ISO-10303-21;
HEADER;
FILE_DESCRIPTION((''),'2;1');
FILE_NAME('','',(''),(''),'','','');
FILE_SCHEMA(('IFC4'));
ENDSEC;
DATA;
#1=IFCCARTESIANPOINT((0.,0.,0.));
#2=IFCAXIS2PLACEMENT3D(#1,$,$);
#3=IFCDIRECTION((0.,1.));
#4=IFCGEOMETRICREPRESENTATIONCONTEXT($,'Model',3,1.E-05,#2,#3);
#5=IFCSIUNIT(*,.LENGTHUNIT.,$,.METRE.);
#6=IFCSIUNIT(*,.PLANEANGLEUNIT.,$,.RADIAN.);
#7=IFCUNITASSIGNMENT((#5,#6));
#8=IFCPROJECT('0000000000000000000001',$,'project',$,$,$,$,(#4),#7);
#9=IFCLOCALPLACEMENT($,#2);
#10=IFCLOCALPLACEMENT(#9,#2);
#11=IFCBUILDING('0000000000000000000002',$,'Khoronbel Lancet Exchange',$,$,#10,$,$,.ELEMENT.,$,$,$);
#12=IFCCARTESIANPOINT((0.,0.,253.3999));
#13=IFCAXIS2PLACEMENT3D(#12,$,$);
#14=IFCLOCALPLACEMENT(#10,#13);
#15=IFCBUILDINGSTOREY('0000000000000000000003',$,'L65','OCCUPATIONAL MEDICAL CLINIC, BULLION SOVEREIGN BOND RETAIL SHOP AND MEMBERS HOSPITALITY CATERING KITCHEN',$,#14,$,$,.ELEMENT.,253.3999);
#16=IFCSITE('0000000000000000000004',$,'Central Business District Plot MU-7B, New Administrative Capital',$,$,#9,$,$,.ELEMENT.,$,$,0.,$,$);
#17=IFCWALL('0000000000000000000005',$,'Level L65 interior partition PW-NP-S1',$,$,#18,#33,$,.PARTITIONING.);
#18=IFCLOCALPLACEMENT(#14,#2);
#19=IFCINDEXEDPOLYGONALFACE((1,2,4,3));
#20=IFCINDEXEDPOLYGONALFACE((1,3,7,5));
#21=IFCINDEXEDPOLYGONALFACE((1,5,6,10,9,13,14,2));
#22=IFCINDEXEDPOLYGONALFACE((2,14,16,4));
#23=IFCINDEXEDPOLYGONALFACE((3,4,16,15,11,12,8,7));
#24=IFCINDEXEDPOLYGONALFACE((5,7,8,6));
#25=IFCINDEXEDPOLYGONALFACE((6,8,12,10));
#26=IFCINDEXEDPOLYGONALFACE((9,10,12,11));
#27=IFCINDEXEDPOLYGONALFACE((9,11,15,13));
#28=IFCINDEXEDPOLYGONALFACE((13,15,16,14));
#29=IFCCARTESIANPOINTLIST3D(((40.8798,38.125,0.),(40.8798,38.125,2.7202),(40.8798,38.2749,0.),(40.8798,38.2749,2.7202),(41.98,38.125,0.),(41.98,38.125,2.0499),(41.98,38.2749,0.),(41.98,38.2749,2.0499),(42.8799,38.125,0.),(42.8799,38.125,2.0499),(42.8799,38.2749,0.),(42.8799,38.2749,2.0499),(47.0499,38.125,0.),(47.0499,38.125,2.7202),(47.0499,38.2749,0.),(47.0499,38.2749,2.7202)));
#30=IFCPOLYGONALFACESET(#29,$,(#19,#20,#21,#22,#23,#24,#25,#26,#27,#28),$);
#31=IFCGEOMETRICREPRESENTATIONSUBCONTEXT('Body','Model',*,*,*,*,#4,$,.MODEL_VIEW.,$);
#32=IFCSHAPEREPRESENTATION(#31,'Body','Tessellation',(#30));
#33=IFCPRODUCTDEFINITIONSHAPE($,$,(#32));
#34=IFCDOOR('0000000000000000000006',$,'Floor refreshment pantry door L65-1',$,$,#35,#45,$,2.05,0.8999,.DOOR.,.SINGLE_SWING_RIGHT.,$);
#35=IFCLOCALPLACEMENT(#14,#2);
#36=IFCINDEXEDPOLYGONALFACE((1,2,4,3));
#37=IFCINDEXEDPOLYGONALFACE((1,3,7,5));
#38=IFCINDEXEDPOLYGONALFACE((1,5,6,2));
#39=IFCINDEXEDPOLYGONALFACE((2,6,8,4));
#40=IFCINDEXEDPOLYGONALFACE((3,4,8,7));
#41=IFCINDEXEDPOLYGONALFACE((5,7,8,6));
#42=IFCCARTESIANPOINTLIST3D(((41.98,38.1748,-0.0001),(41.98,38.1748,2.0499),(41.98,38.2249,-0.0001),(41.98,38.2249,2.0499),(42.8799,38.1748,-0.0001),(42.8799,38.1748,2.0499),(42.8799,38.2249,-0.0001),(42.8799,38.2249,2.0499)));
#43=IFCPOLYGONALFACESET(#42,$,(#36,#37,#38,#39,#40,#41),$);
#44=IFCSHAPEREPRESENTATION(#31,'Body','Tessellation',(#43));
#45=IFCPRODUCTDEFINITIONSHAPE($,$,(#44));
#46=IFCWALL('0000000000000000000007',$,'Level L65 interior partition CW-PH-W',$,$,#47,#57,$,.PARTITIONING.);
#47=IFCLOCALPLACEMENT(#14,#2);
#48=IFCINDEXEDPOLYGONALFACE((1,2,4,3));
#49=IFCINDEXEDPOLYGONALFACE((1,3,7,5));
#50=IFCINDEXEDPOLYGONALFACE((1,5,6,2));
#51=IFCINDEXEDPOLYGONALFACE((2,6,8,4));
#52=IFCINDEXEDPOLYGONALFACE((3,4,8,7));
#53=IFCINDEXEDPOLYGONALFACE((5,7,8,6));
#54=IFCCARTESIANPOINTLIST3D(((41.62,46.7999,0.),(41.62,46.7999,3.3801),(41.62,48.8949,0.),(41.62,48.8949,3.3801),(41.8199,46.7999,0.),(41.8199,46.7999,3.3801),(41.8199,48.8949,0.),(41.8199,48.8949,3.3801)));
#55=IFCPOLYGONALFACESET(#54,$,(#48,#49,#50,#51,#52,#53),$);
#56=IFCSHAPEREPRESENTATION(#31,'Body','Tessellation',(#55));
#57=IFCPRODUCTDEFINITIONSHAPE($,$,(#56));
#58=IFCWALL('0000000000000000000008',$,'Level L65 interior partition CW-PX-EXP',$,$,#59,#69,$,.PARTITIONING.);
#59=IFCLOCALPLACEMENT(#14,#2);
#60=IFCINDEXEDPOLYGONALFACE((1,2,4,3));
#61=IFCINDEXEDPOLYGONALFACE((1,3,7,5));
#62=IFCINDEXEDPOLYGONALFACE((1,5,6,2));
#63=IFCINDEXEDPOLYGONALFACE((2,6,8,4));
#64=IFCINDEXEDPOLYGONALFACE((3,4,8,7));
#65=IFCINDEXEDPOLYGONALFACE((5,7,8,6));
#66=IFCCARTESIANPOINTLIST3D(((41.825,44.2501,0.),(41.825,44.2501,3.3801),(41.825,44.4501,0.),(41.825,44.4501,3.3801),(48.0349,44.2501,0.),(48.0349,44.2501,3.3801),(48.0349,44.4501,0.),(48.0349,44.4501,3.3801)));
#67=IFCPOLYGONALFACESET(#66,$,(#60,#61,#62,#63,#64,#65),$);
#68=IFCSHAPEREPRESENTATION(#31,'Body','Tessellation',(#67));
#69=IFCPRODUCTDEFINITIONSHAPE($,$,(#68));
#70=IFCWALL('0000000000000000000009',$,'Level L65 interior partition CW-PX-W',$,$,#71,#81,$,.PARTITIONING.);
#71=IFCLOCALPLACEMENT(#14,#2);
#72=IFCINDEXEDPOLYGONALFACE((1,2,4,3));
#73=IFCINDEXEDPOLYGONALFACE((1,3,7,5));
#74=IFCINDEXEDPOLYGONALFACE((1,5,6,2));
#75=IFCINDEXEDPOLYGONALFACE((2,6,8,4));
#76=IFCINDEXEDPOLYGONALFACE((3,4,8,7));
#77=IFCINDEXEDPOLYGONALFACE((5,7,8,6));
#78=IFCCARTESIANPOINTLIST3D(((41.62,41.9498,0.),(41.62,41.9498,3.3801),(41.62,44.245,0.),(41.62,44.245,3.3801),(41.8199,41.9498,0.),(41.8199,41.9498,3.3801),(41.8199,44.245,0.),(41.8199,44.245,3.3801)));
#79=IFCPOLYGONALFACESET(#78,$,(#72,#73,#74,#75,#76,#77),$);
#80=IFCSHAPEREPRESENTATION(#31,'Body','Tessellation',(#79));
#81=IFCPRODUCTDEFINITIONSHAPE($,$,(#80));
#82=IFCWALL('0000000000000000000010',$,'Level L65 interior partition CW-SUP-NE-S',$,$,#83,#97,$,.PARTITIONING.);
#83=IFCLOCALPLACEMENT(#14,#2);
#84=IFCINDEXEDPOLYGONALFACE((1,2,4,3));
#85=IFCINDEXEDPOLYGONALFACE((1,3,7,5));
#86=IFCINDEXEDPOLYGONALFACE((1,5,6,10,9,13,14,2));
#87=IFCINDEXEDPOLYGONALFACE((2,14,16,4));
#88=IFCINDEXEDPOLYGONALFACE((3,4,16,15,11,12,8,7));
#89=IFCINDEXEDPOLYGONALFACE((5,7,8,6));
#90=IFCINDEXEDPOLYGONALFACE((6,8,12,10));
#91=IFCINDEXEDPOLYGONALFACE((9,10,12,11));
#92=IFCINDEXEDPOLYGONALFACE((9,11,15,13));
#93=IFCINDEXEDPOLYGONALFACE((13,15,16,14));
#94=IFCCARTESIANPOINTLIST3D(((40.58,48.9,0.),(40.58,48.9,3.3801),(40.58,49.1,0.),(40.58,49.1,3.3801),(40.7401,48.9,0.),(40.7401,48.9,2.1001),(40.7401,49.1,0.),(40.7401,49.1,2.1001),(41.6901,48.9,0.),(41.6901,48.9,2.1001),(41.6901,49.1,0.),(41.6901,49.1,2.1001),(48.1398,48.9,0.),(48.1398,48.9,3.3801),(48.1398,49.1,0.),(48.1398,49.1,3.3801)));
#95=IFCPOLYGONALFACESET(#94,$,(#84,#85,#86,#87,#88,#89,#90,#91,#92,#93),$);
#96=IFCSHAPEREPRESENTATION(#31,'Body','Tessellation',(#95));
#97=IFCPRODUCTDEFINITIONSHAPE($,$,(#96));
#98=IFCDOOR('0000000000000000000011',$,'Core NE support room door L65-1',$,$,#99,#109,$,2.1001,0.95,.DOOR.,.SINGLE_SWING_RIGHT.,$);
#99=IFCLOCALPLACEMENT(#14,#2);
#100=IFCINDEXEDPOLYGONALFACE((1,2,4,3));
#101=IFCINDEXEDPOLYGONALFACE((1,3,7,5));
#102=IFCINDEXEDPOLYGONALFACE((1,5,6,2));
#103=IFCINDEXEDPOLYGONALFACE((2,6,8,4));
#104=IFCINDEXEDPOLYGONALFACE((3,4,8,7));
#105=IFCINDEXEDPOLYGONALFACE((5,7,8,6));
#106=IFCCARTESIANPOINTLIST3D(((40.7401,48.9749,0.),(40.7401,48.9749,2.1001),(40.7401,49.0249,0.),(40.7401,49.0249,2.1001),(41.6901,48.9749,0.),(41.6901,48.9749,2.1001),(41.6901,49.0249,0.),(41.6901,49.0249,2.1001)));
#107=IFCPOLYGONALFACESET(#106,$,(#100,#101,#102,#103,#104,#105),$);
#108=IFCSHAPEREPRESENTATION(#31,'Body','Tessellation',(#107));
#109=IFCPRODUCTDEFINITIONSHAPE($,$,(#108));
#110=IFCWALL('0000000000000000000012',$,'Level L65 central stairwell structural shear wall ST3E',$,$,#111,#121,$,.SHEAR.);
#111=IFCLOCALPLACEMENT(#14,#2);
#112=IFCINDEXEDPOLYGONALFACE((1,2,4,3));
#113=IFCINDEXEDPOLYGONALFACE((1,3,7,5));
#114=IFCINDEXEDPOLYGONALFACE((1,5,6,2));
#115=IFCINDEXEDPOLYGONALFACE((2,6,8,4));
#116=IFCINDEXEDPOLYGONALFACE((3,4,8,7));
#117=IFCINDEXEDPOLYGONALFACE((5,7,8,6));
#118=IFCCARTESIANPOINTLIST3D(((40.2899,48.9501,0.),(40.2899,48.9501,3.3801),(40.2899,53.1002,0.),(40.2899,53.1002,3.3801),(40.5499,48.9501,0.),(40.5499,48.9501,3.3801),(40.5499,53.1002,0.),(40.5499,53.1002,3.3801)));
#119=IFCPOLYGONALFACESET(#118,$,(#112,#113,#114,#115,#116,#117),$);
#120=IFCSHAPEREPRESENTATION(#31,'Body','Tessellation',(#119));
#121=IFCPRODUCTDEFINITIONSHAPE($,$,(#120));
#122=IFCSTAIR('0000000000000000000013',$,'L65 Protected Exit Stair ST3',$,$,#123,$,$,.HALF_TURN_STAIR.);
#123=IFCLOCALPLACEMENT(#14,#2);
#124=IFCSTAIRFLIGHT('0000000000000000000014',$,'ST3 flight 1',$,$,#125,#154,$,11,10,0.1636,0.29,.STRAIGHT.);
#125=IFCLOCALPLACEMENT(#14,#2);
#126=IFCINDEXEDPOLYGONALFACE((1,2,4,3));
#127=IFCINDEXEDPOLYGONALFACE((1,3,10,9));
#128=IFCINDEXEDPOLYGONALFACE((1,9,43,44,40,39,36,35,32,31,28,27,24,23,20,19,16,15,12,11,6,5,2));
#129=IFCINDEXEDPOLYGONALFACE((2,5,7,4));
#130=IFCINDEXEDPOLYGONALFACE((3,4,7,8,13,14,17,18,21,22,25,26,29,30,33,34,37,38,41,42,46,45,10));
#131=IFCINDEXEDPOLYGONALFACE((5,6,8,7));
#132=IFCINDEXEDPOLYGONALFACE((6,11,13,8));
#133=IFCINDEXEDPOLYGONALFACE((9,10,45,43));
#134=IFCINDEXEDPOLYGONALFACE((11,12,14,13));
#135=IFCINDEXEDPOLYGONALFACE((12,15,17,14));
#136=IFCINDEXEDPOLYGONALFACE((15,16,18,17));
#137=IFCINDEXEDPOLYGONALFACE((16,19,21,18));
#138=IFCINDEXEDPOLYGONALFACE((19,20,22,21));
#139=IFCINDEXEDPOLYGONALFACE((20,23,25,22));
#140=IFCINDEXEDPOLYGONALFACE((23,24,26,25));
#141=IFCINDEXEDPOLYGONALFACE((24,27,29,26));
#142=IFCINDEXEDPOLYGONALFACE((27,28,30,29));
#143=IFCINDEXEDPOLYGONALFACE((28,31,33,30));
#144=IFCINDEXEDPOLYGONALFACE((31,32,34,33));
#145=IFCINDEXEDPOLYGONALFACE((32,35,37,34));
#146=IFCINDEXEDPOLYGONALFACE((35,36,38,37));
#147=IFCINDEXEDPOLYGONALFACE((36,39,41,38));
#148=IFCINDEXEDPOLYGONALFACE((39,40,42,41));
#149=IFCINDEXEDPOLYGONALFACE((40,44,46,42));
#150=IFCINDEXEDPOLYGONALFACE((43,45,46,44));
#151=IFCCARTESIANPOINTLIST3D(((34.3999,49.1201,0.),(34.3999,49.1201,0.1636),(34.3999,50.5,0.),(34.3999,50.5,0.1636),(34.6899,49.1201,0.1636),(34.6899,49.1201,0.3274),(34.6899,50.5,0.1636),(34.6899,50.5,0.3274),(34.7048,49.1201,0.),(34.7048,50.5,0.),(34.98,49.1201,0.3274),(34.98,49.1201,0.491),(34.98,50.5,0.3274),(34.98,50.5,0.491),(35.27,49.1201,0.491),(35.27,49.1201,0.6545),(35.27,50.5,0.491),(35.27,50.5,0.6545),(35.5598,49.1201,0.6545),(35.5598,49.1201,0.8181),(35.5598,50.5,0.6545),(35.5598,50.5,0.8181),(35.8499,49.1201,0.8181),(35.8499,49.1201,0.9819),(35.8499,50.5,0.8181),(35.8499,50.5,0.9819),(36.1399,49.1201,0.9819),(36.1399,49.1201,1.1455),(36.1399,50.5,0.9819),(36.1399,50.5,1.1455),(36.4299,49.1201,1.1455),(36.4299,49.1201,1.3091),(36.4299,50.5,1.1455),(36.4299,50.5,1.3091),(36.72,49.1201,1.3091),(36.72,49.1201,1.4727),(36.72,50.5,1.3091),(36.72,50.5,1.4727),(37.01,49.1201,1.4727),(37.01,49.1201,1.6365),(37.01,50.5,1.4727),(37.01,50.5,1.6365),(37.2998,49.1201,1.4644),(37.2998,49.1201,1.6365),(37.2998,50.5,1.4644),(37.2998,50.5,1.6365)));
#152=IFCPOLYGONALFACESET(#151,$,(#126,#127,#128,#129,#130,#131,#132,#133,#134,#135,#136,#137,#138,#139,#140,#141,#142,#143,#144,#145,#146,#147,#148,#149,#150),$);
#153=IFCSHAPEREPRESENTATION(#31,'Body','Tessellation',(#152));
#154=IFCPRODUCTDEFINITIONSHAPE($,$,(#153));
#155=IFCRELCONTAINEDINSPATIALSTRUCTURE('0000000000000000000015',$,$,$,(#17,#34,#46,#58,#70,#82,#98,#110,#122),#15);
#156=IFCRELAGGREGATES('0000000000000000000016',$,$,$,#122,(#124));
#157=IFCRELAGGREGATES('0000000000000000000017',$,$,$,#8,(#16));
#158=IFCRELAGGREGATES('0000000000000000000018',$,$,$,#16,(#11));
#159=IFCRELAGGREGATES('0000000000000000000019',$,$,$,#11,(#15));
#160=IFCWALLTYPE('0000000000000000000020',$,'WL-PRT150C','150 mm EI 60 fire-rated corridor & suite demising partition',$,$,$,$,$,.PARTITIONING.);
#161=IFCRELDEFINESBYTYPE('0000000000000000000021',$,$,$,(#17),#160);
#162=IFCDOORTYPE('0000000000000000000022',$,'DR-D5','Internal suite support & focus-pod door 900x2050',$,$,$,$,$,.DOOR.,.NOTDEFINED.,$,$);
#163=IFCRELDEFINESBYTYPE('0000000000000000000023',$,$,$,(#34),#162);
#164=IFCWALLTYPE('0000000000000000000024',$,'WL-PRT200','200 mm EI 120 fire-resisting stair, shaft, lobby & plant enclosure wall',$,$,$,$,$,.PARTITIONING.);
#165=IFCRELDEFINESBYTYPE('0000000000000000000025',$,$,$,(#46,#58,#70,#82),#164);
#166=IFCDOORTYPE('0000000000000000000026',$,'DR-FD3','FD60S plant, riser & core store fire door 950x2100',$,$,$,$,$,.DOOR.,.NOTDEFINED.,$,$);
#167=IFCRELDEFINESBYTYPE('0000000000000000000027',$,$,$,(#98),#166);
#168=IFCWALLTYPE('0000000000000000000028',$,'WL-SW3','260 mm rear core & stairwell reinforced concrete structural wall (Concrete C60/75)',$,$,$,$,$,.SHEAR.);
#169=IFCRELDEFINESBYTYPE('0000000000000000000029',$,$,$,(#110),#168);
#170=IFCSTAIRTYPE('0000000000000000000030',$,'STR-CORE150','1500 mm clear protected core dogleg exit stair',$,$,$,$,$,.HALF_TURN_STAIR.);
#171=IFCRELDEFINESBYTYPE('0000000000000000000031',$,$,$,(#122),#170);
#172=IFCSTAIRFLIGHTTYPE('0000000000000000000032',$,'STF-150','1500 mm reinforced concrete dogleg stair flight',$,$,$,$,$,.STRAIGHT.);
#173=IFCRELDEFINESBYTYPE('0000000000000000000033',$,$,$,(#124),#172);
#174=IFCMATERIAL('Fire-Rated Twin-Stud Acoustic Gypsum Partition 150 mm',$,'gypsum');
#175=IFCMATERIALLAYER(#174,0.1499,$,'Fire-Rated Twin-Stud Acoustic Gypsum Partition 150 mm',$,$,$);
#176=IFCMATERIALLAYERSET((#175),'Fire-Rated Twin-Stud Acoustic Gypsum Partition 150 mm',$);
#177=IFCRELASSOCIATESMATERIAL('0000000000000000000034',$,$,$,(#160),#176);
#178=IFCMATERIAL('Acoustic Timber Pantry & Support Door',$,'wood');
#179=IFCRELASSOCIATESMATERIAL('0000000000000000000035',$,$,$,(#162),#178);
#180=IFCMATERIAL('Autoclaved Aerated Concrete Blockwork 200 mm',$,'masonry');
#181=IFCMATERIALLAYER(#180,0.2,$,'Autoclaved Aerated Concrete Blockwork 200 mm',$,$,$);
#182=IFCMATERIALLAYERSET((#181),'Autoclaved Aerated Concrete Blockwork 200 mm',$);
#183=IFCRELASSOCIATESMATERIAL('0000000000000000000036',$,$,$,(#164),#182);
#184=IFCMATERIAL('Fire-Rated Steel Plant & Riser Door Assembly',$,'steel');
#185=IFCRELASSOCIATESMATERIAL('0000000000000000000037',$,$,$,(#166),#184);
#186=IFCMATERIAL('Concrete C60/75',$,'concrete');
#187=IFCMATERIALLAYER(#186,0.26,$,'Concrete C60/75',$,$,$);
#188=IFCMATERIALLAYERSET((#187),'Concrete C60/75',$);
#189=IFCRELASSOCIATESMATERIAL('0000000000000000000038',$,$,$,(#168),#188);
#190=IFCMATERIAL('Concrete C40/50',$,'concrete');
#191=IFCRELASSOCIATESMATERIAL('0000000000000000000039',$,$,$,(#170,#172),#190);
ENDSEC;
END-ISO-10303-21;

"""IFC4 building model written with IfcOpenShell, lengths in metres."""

from ifc_helpers import new_model, si_unit, direction, frame, frame_2d, origin, place, context, subcontext, project, spatial, polyline, rectangle, outline, extrude, material, layer, layer_set, type_object, element, fill, aggregate, save


model = new_model("IFC4")

# Units and contexts
model_context = context("Model", 3, precision=1e-05, world=origin(), true_north=direction((0.0, 1.0)))
body_context = subcontext(model_context, "Body", "Model", "MODEL_VIEW")
ifc_project = project(units=[si_unit("LENGTHUNIT", "METRE"), si_unit("PLANEANGLEUNIT", "RADIAN")], contexts=[model_context])

# Site, building, storey
site_placement = place(None, origin())
site = spatial("IfcSite", under=ifc_project, at=site_placement, Name="Central Business District Plot MU-7B, New Administrative Capital", CompositionType="ELEMENT", RefElevation=0.0)
building_placement = place(site_placement, origin())
building = spatial("IfcBuilding", under=site, at=building_placement, Name="Khoronbel Lancet Exchange", CompositionType="ELEMENT")
storey_placement = place(building_placement, frame((0.0, 0.0, 253.3999)))
storey = spatial("IfcBuildingStorey", under=building, at=storey_placement, Name="L65", Description="OCCUPATIONAL MEDICAL CLINIC, BULLION SOVEREIGN BOND RETAIL SHOP AND MEMBERS HOSPITALITY CATERING KITCHEN", CompositionType="ELEMENT", Elevation=253.3999)

# Shared definitions
ifc_material_1 = material(Name="Concrete C60/75", Category="concrete")

# Wall, opening, door
ifc_material_2 = material(Name="Fire-Rated Twin-Stud Acoustic Gypsum Partition 150 mm", Category="gypsum")
ifc_layer_1 = layer(ifc_material_2, 0.1499, Name="Fire-Rated Twin-Stud Acoustic Gypsum Partition 150 mm")
ifc_layer_set_1 = layer_set([ifc_layer_1], Name="Fire-Rated Twin-Stud Acoustic Gypsum Partition 150 mm")
wall_type_1 = type_object("IfcWallType", Name="WL-PRT150C", Description="150 mm EI 60 fire-rated corridor & suite demising partition", PredefinedType="PARTITIONING", material=ifc_layer_set_1)
wall_1_placement = place(storey_placement, frame((40.8799, 38.2, 0.0), z_axis=(0.0, 0.0, 1.0), x_axis=(1.0, 0.0, 0.0)))
wall_1 = element("IfcWall", 1, at=wall_1_placement, inside=storey, type_object=wall_type_1, Name="Level L65 interior partition PW-NP-S1", PredefinedType="PARTITIONING", context=body_context, shape_type="SweptSolid", body=[
    extrude(rectangle(XDim=6.1702, YDim=0.1499, at=frame_2d((3.085, 0.0))), origin(), (0.0, 0.0, 1.0), 2.7202),
])
opening_1_placement = place(wall_1_placement, frame((1.1001, 0.0, 0.0)))
opening_1 = element("IfcOpeningElement", 2, at=opening_1_placement, cuts=wall_1, PredefinedType="OPENING", context=body_context, shape_type="SweptSolid", body=[
    extrude(rectangle(XDim=0.8999, YDim=2.05, at=frame_2d((0.45, 1.0249))), frame((0.0, 0.085, 0.0), z_axis=(0.0, -1.0, 0.0), x_axis=(1.0, 0.0, 0.0)), (0.0, 0.0, 1.0), 0.1699),
])
ifc_material_3 = material(Name="Acoustic Timber Pantry & Support Door", Category="wood")
door_type_1 = type_object("IfcDoorType", Name="DR-D5", Description="Internal suite support & focus-pod door 900x2050", OperationType="NOTDEFINED", PredefinedType="DOOR", material=ifc_material_3)
door_1_placement = place(opening_1_placement, origin())
door_1 = element("IfcDoor", 3, at=door_1_placement, inside=storey, type_object=door_type_1, Name="Floor refreshment pantry door L65-1", OperationType="SINGLE_SWING_RIGHT", OverallHeight=2.05, OverallWidth=0.8999, PredefinedType="DOOR", context=body_context, shape_type="SweptSolid", body=[
    extrude(rectangle(XDim=0.8999, YDim=2.05, at=frame_2d((0.45, 1.0249))), frame((0.0, 0.0249, 0.0), z_axis=(0.0, -1.0, 0.0), x_axis=(1.0, 0.0, 0.0)), (0.0, 0.0, 1.0), 0.05),
])
fill(opening_1, door_1)

# Walls
ifc_material_4 = material(Name="Autoclaved Aerated Concrete Blockwork 200 mm", Category="masonry")
ifc_layer_2 = layer(ifc_material_4, 0.2, Name="Autoclaved Aerated Concrete Blockwork 200 mm")
ifc_layer_set_2 = layer_set([ifc_layer_2], Name="Autoclaved Aerated Concrete Blockwork 200 mm")
wall_type_2 = type_object("IfcWallType", Name="WL-PRT200", Description="200 mm EI 120 fire-resisting stair, shaft, lobby & plant enclosure wall", PredefinedType="PARTITIONING", material=ifc_layer_set_2)
wall_2_placement = place(storey_placement, frame((41.72, 46.8, 0.0), z_axis=(0.0, 0.0, 1.0), x_axis=(0.0, 1.0, 0.0)))
element("IfcWall", 4, at=wall_2_placement, inside=storey, type_object=wall_type_2, Name="Level L65 interior partition CW-PH-W", PredefinedType="PARTITIONING", context=body_context, shape_type="SweptSolid", body=[
    extrude(rectangle(XDim=2.095, YDim=0.2, at=frame_2d((1.0474, 0.0))), origin(), (0.0, 0.0, 1.0), 3.3801),
])
wall_3_placement = place(storey_placement, frame((41.825, 44.3501, 0.0), z_axis=(0.0, 0.0, 1.0), x_axis=(1.0, 0.0, 0.0)))
element("IfcWall", 5, at=wall_3_placement, inside=storey, type_object=wall_type_2, Name="Level L65 interior partition CW-PX-EXP", PredefinedType="PARTITIONING", context=body_context, shape_type="SweptSolid", body=[
    extrude(rectangle(XDim=6.21, YDim=0.2, at=frame_2d((3.105, 0.0))), origin(), (0.0, 0.0, 1.0), 3.3801),
])
wall_4_placement = place(storey_placement, frame((41.72, 41.95, 0.0), z_axis=(0.0, 0.0, 1.0), x_axis=(0.0, 1.0, 0.0)))
element("IfcWall", 6, at=wall_4_placement, inside=storey, type_object=wall_type_2, Name="Level L65 interior partition CW-PX-W", PredefinedType="PARTITIONING", context=body_context, shape_type="SweptSolid", body=[
    extrude(rectangle(XDim=2.2952, YDim=0.2, at=frame_2d((1.1475, 0.0))), origin(), (0.0, 0.0, 1.0), 3.3801),
])

# Wall, opening, door
wall_5_placement = place(storey_placement, frame((40.5801, 49.0, 0.0), z_axis=(0.0, 0.0, 1.0), x_axis=(1.0, 0.0, 0.0)))
wall_5 = element("IfcWall", 7, at=wall_5_placement, inside=storey, type_object=wall_type_2, Name="Level L65 interior partition CW-SUP-NE-S", PredefinedType="PARTITIONING", context=body_context, shape_type="SweptSolid", body=[
    extrude(rectangle(XDim=7.5598, YDim=0.2, at=frame_2d((3.7798, 0.0))), origin(), (0.0, 0.0, 1.0), 3.3801),
])
opening_2_placement = place(wall_5_placement, frame((0.1599, 0.0, 0.0)))
opening_2 = element("IfcOpeningElement", 8, at=opening_2_placement, cuts=wall_5, PredefinedType="OPENING", context=body_context, shape_type="SweptSolid", body=[
    extrude(rectangle(XDim=0.95, YDim=2.1001, at=frame_2d((0.4751, 1.05))), frame((0.0, 0.1099, 0.0), z_axis=(0.0, -1.0, 0.0), x_axis=(1.0, 0.0, 0.0)), (0.0, 0.0, 1.0), 0.22),
])
ifc_material_5 = material(Name="Fire-Rated Steel Plant & Riser Door Assembly", Category="steel")
door_type_2 = type_object("IfcDoorType", Name="DR-FD3", Description="FD60S plant, riser & core store fire door 950x2100", OperationType="NOTDEFINED", PredefinedType="DOOR", material=ifc_material_5)
door_2_placement = place(opening_2_placement, origin())
door_2 = element("IfcDoor", 9, at=door_2_placement, inside=storey, type_object=door_type_2, Name="Core NE support room door L65-1", OperationType="SINGLE_SWING_RIGHT", OverallHeight=2.1001, OverallWidth=0.95, PredefinedType="DOOR", context=body_context, shape_type="SweptSolid", body=[
    extrude(rectangle(XDim=0.95, YDim=2.1001, at=frame_2d((0.4751, 1.05))), frame((0.0, 0.0249, 0.0), z_axis=(0.0, -1.0, 0.0), x_axis=(1.0, 0.0, 0.0)), (0.0, 0.0, 1.0), 0.05),
])
fill(opening_2, door_2)

# Wall
ifc_layer_3 = layer(ifc_material_1, 0.26, Name="Concrete C60/75")
ifc_layer_set_3 = layer_set([ifc_layer_3], Name="Concrete C60/75")
wall_type_3 = type_object("IfcWallType", Name="WL-SW3", Description="260 mm rear core & stairwell reinforced concrete structural wall (Concrete C60/75)", PredefinedType="SHEAR", material=ifc_layer_set_3)
wall_6_placement = place(storey_placement, frame((40.4199, 48.95, 0.0), z_axis=(0.0, 0.0, 1.0), x_axis=(0.0, 1.0, 0.0)))
element("IfcWall", 10, at=wall_6_placement, inside=storey, type_object=wall_type_3, Name="Level L65 central stairwell structural shear wall ST3E", PredefinedType="SHEAR", context=body_context, shape_type="SweptSolid", body=[
    extrude(rectangle(XDim=4.1501, YDim=0.26, at=frame_2d((2.0752, 0.0))), origin(), (0.0, 0.0, 1.0), 3.3801),
])

# Stair, stair flight
ifc_material_6 = material(Name="Concrete C40/50", Category="concrete")
stair_type = type_object("IfcStairType", Name="STR-CORE150", Description="1500 mm clear protected core dogleg exit stair", PredefinedType="HALF_TURN_STAIR", material=ifc_material_6)
stair_placement = place(storey_placement, origin())
stair = element("IfcStair", 11, at=stair_placement, inside=storey, type_object=stair_type, Name="L65 Protected Exit Stair ST3", PredefinedType="HALF_TURN_STAIR")
stair_flight_type = type_object("IfcStairFlightType", Name="STF-150", Description="1500 mm reinforced concrete dogleg stair flight", PredefinedType="STRAIGHT", material=ifc_material_6)
stair_flight_1_placement = place(storey_placement, frame((34.3999, 49.8101, 0.0), z_axis=(0.0, 0.0, 1.0), x_axis=(1.0, 0.0, 0.0)))
stair_flight_1 = element("IfcStairFlight", 12, at=stair_flight_1_placement, type_object=stair_flight_type, Name="ST3 flight 1", NumberOfRisers=11, NumberOfTreads=10, PredefinedType="STRAIGHT", RiserHeight=0.1636, TreadLength=0.29, context=body_context, shape_type="SweptSolid", body=[
    extrude(outline(polyline([(0.0, 0.0), (0.0, 0.1636), (0.29, 0.1636), (0.29, 0.3274), (0.5801, 0.3274), (0.5801, 0.491), (0.8701, 0.491), (0.8701, 0.6545), (1.1599, 0.6545), (1.1599, 0.8181), (1.45, 0.8181), (1.45, 0.9819), (1.74, 0.9819), (1.74, 1.1455), (2.03, 1.1455), (2.03, 1.3091), (2.3201, 1.3091), (2.3201, 1.4727), (2.6101, 1.4727), (2.6101, 1.6365), (2.8999, 1.6365), (2.8999, 1.8), (2.8999, 1.4644), (0.3049, 0.0), (0.0, 0.0)])), frame((0.0, 0.6899, 0.0), z_axis=(0.0, -1.0, 0.0), x_axis=(1.0, 0.0, 0.0)), (0.0, 0.0, 1.0), 1.3799),
])
aggregate(stair, [stair_flight_1])

save(model, "model.ifc")
